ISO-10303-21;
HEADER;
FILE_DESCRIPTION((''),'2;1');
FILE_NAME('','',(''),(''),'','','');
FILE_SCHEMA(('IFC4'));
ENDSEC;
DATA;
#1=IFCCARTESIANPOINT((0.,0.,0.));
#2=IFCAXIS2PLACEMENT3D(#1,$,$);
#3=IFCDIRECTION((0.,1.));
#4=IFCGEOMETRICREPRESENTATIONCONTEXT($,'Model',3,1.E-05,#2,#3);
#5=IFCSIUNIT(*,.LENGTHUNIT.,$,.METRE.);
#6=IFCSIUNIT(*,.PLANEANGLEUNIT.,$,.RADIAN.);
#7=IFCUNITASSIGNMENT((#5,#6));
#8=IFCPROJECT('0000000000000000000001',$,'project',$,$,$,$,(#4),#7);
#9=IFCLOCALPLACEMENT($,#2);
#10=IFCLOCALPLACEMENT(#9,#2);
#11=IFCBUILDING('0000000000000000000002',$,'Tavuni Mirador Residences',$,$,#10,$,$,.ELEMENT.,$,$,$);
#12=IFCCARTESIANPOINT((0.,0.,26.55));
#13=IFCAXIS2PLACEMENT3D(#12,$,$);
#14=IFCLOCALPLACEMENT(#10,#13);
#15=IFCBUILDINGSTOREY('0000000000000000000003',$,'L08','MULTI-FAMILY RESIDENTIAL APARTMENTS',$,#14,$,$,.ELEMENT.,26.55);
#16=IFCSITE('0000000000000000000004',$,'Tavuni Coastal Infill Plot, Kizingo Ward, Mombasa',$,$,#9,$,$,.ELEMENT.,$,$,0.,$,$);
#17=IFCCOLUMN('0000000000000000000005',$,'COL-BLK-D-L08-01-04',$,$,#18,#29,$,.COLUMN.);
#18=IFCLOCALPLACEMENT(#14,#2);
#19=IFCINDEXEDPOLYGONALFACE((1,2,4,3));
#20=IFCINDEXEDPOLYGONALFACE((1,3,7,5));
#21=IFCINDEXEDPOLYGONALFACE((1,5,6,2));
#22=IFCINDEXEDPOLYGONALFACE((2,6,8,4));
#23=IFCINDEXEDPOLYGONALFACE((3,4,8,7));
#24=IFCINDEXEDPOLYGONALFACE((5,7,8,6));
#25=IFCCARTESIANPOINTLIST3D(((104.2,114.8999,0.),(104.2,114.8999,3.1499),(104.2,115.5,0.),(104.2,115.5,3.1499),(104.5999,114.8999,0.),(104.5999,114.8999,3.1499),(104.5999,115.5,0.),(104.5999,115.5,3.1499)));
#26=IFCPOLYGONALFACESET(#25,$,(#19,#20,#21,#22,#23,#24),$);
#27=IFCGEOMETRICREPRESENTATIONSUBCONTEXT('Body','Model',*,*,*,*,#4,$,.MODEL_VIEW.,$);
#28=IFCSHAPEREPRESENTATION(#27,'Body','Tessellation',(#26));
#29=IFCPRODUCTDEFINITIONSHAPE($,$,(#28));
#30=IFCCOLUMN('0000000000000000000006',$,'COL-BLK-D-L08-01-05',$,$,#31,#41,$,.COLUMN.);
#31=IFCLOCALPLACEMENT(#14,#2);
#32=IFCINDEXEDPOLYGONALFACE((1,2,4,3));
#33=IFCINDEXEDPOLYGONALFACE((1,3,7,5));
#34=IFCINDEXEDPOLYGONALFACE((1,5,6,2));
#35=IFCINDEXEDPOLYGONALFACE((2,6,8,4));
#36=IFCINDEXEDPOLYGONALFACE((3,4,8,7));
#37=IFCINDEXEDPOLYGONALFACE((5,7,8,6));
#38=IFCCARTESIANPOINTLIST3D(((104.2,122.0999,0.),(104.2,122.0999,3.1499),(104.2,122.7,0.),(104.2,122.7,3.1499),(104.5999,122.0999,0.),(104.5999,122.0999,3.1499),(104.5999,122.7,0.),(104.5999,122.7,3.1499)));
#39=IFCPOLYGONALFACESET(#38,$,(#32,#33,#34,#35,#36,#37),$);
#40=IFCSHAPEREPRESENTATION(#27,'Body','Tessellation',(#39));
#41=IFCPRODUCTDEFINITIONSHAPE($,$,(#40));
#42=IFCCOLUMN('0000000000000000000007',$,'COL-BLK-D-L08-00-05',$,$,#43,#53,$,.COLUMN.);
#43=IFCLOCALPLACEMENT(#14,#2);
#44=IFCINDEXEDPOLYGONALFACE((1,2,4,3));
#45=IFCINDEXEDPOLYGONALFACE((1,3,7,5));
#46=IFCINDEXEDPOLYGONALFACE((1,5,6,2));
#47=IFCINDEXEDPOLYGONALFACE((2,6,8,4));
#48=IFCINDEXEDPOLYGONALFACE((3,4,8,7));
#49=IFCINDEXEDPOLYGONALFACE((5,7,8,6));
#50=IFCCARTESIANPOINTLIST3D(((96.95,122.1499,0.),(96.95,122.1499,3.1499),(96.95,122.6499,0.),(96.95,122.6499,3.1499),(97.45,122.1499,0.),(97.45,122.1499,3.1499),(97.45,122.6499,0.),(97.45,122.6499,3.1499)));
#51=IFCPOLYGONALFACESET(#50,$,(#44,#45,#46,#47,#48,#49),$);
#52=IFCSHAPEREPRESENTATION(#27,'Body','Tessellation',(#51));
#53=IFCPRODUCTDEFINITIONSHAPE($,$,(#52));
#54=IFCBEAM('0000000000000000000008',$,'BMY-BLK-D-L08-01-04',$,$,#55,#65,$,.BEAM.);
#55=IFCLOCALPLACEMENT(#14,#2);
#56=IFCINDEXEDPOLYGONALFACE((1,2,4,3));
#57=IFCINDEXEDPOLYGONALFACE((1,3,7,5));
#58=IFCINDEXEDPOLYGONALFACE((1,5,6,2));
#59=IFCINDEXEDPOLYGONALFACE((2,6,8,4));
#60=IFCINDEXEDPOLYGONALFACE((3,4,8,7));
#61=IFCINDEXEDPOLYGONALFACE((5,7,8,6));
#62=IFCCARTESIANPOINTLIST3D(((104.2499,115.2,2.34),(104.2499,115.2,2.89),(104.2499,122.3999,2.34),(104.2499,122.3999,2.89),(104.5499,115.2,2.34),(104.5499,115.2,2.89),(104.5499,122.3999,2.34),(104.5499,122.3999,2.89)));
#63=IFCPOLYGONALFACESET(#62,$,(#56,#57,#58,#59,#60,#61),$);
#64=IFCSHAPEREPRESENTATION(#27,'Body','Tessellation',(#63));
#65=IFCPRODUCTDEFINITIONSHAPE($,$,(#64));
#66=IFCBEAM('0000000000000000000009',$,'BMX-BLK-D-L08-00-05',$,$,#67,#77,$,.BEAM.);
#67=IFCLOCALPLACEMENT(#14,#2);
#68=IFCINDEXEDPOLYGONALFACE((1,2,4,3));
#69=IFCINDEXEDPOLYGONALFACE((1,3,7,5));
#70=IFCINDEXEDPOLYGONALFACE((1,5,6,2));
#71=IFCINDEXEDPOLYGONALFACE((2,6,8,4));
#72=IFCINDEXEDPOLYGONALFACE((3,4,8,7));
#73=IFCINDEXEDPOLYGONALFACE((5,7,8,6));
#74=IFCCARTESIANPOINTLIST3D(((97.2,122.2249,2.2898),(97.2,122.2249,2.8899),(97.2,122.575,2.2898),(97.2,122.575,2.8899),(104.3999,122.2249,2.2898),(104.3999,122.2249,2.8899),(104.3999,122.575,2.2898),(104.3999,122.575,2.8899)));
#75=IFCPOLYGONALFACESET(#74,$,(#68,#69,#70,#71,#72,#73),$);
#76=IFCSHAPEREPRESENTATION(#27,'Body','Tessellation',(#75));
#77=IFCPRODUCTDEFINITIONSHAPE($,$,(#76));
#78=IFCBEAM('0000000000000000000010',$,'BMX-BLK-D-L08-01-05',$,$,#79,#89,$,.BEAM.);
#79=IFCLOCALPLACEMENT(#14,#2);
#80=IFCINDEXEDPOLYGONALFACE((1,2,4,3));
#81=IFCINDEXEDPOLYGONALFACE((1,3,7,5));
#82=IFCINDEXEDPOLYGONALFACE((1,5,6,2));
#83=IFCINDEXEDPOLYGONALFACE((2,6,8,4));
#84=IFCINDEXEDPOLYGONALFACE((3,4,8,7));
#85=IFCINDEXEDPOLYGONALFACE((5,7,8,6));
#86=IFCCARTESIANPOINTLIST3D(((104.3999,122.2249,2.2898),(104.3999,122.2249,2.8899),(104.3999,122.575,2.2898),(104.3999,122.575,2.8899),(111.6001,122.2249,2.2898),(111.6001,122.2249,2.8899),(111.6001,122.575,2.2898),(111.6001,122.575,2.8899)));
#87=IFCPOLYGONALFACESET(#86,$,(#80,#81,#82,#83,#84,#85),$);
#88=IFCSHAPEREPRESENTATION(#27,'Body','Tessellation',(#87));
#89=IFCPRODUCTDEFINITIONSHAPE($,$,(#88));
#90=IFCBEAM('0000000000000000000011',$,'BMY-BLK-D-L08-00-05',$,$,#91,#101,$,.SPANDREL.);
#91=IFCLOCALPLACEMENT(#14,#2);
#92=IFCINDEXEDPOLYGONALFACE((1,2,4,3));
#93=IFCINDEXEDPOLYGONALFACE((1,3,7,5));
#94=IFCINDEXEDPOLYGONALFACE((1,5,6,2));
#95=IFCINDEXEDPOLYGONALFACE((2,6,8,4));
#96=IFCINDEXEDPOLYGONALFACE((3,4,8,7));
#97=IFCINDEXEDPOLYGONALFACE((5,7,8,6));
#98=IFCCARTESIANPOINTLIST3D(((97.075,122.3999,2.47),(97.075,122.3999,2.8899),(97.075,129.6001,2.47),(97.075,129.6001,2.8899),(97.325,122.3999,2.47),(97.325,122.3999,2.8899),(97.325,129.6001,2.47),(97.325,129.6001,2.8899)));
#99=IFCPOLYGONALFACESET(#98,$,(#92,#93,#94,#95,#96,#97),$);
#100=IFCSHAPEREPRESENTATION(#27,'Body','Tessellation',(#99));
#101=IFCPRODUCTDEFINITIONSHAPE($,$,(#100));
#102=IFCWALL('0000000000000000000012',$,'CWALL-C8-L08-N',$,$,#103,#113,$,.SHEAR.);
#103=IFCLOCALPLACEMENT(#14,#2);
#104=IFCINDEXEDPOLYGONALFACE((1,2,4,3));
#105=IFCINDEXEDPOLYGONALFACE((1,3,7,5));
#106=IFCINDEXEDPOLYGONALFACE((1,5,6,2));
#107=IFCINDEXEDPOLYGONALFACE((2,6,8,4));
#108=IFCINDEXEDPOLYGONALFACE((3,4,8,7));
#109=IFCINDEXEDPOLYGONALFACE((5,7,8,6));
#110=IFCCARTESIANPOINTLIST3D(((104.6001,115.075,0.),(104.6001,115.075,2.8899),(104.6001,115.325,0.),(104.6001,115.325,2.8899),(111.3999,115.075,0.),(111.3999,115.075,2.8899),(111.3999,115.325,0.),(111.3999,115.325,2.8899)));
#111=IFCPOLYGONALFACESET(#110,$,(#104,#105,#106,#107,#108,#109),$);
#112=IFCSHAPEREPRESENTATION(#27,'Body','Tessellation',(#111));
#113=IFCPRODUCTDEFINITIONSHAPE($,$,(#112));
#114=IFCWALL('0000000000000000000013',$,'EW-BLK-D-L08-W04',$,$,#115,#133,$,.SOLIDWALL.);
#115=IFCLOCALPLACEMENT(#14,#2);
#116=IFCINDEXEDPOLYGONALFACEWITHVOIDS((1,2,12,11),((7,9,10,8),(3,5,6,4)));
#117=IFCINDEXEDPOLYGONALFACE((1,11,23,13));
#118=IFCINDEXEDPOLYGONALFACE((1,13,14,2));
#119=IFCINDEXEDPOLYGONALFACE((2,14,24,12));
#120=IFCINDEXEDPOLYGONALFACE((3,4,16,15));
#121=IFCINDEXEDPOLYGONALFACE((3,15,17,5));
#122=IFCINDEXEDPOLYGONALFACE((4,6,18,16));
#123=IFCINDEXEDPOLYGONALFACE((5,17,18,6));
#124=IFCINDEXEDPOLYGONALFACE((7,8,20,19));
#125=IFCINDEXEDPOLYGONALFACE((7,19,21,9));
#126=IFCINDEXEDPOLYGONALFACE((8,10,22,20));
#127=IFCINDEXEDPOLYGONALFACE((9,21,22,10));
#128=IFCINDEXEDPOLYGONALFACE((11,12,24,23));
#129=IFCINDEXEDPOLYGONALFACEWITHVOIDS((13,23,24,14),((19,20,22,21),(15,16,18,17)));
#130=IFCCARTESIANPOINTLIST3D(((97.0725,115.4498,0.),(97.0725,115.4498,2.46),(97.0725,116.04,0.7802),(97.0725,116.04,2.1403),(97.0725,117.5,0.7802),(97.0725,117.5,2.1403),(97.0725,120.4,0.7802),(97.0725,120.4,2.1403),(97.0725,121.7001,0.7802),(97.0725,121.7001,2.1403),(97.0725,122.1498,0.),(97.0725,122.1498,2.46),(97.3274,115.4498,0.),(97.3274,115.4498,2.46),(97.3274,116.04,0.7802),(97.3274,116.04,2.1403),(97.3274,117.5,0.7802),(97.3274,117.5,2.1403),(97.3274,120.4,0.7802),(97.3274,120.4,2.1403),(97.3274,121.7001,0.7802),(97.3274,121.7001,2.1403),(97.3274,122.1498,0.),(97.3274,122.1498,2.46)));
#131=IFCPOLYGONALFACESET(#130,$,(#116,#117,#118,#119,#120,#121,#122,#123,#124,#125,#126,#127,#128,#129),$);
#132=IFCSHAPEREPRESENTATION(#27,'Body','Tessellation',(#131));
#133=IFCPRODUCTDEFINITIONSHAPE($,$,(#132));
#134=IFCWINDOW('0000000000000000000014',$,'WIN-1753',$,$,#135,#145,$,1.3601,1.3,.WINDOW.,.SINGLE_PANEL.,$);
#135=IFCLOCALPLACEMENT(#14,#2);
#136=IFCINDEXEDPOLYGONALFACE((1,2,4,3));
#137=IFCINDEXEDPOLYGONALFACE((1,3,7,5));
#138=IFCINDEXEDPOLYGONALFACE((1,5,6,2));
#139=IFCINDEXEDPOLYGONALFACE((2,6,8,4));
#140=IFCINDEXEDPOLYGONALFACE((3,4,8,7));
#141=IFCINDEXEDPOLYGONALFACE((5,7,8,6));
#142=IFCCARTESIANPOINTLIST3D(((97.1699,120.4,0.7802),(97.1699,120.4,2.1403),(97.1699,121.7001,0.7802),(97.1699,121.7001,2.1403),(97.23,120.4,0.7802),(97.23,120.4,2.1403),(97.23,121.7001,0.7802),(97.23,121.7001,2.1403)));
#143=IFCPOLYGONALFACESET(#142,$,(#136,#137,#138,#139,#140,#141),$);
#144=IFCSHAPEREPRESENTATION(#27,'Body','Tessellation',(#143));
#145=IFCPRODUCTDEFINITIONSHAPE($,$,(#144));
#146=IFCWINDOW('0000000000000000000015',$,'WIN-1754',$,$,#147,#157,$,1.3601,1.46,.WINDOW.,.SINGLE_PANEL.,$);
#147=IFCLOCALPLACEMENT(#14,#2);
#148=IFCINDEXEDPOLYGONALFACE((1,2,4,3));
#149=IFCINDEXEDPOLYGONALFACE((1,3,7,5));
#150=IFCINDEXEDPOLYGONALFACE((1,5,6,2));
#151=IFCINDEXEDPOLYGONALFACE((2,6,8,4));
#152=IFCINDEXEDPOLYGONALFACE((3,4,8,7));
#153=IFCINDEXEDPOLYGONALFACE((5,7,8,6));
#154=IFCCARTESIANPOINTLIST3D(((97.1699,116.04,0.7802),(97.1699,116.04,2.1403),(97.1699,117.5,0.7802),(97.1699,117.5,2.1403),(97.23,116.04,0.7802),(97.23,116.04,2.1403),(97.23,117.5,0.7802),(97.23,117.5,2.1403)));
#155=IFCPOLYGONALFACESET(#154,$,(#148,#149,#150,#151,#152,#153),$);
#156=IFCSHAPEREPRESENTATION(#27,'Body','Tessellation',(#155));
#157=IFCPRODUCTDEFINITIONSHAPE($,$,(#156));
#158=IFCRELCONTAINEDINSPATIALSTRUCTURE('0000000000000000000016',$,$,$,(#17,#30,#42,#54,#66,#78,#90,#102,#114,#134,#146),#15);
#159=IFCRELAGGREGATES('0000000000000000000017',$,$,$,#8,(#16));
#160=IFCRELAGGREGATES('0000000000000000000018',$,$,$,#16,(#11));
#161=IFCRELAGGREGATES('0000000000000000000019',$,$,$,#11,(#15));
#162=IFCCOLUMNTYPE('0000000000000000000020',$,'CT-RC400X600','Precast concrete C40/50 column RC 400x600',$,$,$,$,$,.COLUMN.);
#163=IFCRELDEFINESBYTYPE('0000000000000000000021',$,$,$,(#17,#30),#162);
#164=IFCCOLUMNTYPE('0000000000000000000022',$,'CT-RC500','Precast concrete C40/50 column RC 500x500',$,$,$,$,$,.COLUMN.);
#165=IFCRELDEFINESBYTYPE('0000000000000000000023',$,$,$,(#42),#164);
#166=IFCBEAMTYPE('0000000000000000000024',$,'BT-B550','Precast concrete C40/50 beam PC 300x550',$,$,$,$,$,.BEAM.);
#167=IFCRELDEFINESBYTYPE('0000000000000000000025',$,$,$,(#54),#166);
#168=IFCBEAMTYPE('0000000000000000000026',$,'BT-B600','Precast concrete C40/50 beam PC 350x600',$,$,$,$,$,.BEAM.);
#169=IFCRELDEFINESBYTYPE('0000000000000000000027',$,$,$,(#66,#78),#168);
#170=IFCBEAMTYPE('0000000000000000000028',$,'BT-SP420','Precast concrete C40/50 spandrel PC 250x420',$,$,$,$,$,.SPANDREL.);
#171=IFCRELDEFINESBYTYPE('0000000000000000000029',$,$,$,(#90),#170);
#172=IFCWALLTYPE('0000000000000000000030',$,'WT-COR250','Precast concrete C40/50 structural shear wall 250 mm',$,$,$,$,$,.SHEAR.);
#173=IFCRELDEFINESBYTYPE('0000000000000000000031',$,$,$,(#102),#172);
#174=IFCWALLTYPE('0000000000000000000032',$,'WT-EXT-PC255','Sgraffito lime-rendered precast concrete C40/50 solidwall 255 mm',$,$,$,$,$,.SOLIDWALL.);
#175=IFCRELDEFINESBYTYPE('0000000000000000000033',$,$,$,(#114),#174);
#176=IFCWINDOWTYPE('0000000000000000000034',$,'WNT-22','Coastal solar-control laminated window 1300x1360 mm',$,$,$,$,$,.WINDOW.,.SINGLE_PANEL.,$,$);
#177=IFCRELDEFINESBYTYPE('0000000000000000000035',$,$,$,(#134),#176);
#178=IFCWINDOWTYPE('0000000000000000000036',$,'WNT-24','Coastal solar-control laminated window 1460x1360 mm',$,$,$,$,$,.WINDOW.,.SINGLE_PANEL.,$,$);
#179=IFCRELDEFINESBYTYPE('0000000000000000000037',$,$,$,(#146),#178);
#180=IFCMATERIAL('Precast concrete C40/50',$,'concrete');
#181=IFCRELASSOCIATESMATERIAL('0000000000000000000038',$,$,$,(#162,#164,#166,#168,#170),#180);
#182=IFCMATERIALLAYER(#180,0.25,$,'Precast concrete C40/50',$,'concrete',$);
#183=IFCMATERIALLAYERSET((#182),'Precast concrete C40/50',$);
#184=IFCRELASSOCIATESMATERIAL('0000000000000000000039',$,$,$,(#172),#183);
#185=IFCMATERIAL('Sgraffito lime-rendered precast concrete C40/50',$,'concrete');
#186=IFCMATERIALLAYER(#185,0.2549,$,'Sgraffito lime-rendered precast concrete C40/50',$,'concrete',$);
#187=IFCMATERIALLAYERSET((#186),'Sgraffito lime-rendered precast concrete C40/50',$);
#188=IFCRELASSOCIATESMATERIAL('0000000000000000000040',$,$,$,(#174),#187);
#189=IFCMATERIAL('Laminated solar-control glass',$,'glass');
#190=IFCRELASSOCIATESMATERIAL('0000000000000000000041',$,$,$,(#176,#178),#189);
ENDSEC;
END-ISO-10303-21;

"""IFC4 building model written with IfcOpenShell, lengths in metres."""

from ifc_helpers import new_model, si_unit, direction, frame, frame_2d, origin, origin_2d, place, context, subcontext, project, spatial, rectangle, extrude, material, layer, layer_set, material_profile, profile_set, type_object, element, fill, save


model = new_model("IFC4")

# Units and contexts
model_context = context("Model", 3, precision=1e-05, world=origin(), true_north=direction((0.0, 1.0)))
body_context = subcontext(model_context, "Body", "Model", "MODEL_VIEW")
ifc_project = project(units=[si_unit("LENGTHUNIT", "METRE"), si_unit("PLANEANGLEUNIT", "RADIAN")], contexts=[model_context])

# Site, building, storey
site_placement = place(None, origin())
site = spatial("IfcSite", under=ifc_project, at=site_placement, Name="Tavuni Coastal Infill Plot, Kizingo Ward, Mombasa", CompositionType="ELEMENT", RefElevation=0.0)
building_placement = place(site_placement, origin())
building = spatial("IfcBuilding", under=site, at=building_placement, Name="Tavuni Mirador Residences", CompositionType="ELEMENT")
storey_placement = place(building_placement, frame((0.0, 0.0, 26.55)))
storey = spatial("IfcBuildingStorey", under=building, at=storey_placement, Name="L08", Description="MULTI-FAMILY RESIDENTIAL APARTMENTS", CompositionType="ELEMENT", Elevation=26.55)

# Columns
ifc_material_1 = material(Name="Precast concrete C40/50", Category="concrete")
ifc_material_profile_1 = material_profile(ifc_material_1, rectangle(XDim=0.3999, YDim=0.6001, at=origin_2d()), Name="RC 400x600", Category="concrete")
ifc_profile_set_1 = profile_set([ifc_material_profile_1], Name="Precast concrete C40/50")
column_type_1 = type_object("IfcColumnType", Name="CT-RC400X600", Description="Precast concrete C40/50 column RC 400x600", PredefinedType="COLUMN", material=ifc_profile_set_1)
for number, where, z_axis, x_axis, name in (
    (1, (104.3999, 115.2, 0.0), (0.0, 0.0, 1.0), (1.0, 0.0, 0.0), "COL-BLK-D-L08-01-04"),
    (2, (104.3999, 122.3999, 0.0), (0.0, 0.0, 1.0), (1.0, 0.0, 0.0), "COL-BLK-D-L08-01-05"),
):
    element("IfcColumn", number, at=place(storey_placement, frame(where, z_axis=z_axis, x_axis=x_axis)), inside=storey, type_object=column_type_1, Name=name, PredefinedType="COLUMN", context=body_context, shape_type="SweptSolid", body=[
        extrude(rectangle(XDim=0.3999, YDim=0.6001, at=origin_2d()), origin(), (0.0, 0.0, 1.0), 3.1499),
    ])
ifc_material_profile_2 = material_profile(ifc_material_1, rectangle(XDim=0.5, YDim=0.5, at=origin_2d()), Name="RC 500x500", Category="concrete")
ifc_profile_set_2 = profile_set([ifc_material_profile_2], Name="Precast concrete C40/50")
column_type_2 = type_object("IfcColumnType", Name="CT-RC500", Description="Precast concrete C40/50 column RC 500x500", PredefinedType="COLUMN", material=ifc_profile_set_2)
column_placement = place(storey_placement, frame((97.2, 122.3999, 0.0), z_axis=(0.0, 0.0, 1.0), x_axis=(1.0, 0.0, 0.0)))
element("IfcColumn", 3, at=column_placement, inside=storey, type_object=column_type_2, Name="COL-BLK-D-L08-00-05", PredefinedType="COLUMN", context=body_context, shape_type="SweptSolid", body=[
    extrude(rectangle(XDim=0.5, YDim=0.5, at=origin_2d()), origin(), (0.0, 0.0, 1.0), 3.1499),
])

# Beams
ifc_material_profile_3 = material_profile(ifc_material_1, rectangle(XDim=0.3, YDim=0.55, at=origin_2d()), Name="PC 300x550", Category="concrete")
ifc_profile_set_3 = profile_set([ifc_material_profile_3], Name="Precast concrete C40/50")
beam_type_1 = type_object("IfcBeamType", Name="BT-B550", Description="Precast concrete C40/50 beam PC 300x550", PredefinedType="BEAM", material=ifc_profile_set_3)
beam_1_placement = place(storey_placement, frame((104.3999, 115.2, 2.615), z_axis=(0.0, 1.0, 0.0), x_axis=(-1.0, 0.0, 0.0)))
element("IfcBeam", 4, at=beam_1_placement, inside=storey, type_object=beam_type_1, Name="BMY-BLK-D-L08-01-04", PredefinedType="BEAM", context=body_context, shape_type="SweptSolid", body=[
    extrude(rectangle(XDim=0.3, YDim=0.55, at=origin_2d()), origin(), (0.0, 0.0, 1.0), 7.2),
])
ifc_material_profile_4 = material_profile(ifc_material_1, rectangle(XDim=0.3501, YDim=0.6001, at=origin_2d()), Name="PC 350x600", Category="concrete")
ifc_profile_set_4 = profile_set([ifc_material_profile_4], Name="Precast concrete C40/50")
beam_type_2 = type_object("IfcBeamType", Name="BT-B600", Description="Precast concrete C40/50 beam PC 350x600", PredefinedType="BEAM", material=ifc_profile_set_4)
beam_2_placement = place(storey_placement, frame((97.2, 122.3999, 2.5898), z_axis=(1.0, 0.0, 0.0), x_axis=(0.0, 1.0, 0.0)))
element("IfcBeam", 5, at=beam_2_placement, inside=storey, type_object=beam_type_2, Name="BMX-BLK-D-L08-00-05", PredefinedType="BEAM", context=body_context, shape_type="SweptSolid", body=[
    extrude(rectangle(XDim=0.3501, YDim=0.6001, at=origin_2d()), origin(), (0.0, 0.0, 1.0), 7.2),
])
beam_3_placement = place(storey_placement, frame((104.3999, 122.3999, 2.5898), z_axis=(1.0, 0.0, 0.0), x_axis=(0.0, 1.0, 0.0)))
element("IfcBeam", 6, at=beam_3_placement, inside=storey, type_object=beam_type_2, Name="BMX-BLK-D-L08-01-05", PredefinedType="BEAM", context=body_context, shape_type="SweptSolid", body=[
    extrude(rectangle(XDim=0.3501, YDim=0.6001, at=origin_2d()), origin(), (0.0, 0.0, 1.0), 7.2002),
])
ifc_material_profile_5 = material_profile(ifc_material_1, rectangle(XDim=0.25, YDim=0.4199, at=origin_2d()), Name="PC 250x420", Category="concrete")
ifc_profile_set_5 = profile_set([ifc_material_profile_5], Name="Precast concrete C40/50")
beam_type_3 = type_object("IfcBeamType", Name="BT-SP420", Description="Precast concrete C40/50 spandrel PC 250x420", PredefinedType="SPANDREL", material=ifc_profile_set_5)
beam_4_placement = place(storey_placement, frame((97.2, 122.3999, 2.6799), z_axis=(0.0, 1.0, 0.0), x_axis=(-1.0, 0.0, 0.0)))
element("IfcBeam", 7, at=beam_4_placement, inside=storey, type_object=beam_type_3, Name="BMY-BLK-D-L08-00-05", PredefinedType="SPANDREL", context=body_context, shape_type="SweptSolid", body=[
    extrude(rectangle(XDim=0.25, YDim=0.4199, at=origin_2d()), origin(), (0.0, 0.0, 1.0), 7.2002),
])

# Wall
ifc_layer_1 = layer(ifc_material_1, 0.25, Name="Precast concrete C40/50", Category="concrete")
ifc_layer_set_1 = layer_set([ifc_layer_1], Name="Precast concrete C40/50")
wall_type_1 = type_object("IfcWallType", Name="WT-COR250", Description="Precast concrete C40/50 structural shear wall 250 mm", PredefinedType="SHEAR", material=ifc_layer_set_1)
wall_1_placement = place(storey_placement, frame((104.6001, 115.2, 0.0), z_axis=(0.0, 0.0, 1.0), x_axis=(1.0, 0.0, 0.0)))
element("IfcWall", 8, at=wall_1_placement, inside=storey, type_object=wall_type_1, Name="CWALL-C8-L08-N", PredefinedType="SHEAR", context=body_context, shape_type="SweptSolid", body=[
    extrude(rectangle(XDim=6.7998, YDim=0.25, at=frame_2d((3.3999, 0.0))), origin(), (0.0, 0.0, 1.0), 2.8899),
])

# Wall, openings, windows
ifc_material_2 = material(Name="Sgraffito lime-rendered precast concrete C40/50", Category="concrete")
ifc_layer_2 = layer(ifc_material_2, 0.2549, Name="Sgraffito lime-rendered precast concrete C40/50", Category="concrete")
ifc_layer_set_2 = layer_set([ifc_layer_2], Name="Sgraffito lime-rendered precast concrete C40/50")
wall_type_2 = type_object("IfcWallType", Name="WT-EXT-PC255", Description="Sgraffito lime-rendered precast concrete C40/50 solidwall 255 mm", PredefinedType="SOLIDWALL", material=ifc_layer_set_2)
wall_2_placement = place(storey_placement, frame((97.2, 122.1499, 0.0), z_axis=(0.0, 0.0, 1.0), x_axis=(0.0, -1.0, 0.0)))
wall_2 = element("IfcWall", 9, at=wall_2_placement, inside=storey, type_object=wall_type_2, Name="EW-BLK-D-L08-W04", PredefinedType="SOLIDWALL", context=body_context, shape_type="SweptSolid", body=[
    extrude(rectangle(XDim=6.7, YDim=0.2549, at=frame_2d((3.3501, 0.0))), origin(), (0.0, 0.0, 1.0), 2.46),
])
opening_1_placement = place(wall_2_placement, frame((0.45, 0.0, 0.78)))
opening_1 = element("IfcOpeningElement", 10, at=opening_1_placement, cuts=wall_2, PredefinedType="OPENING", context=body_context, shape_type="SweptSolid", body=[
    extrude(rectangle(XDim=1.3, YDim=1.3601, at=frame_2d((0.6499, 0.6802))), frame((0.0, 0.1375, 0.0), z_axis=(0.0, -1.0, 0.0), x_axis=(1.0, 0.0, 0.0)), (0.0, 0.0, 1.0), 0.2749),
])
opening_2_placement = place(wall_2_placement, frame((4.6499, 0.0, 0.78)))
opening_2 = element("IfcOpeningElement", 11, at=opening_2_placement, cuts=wall_2, PredefinedType="OPENING", context=body_context, shape_type="SweptSolid", body=[
    extrude(rectangle(XDim=1.46, YDim=1.3601, at=frame_2d((0.73, 0.6802))), frame((0.0, 0.1375, 0.0), z_axis=(0.0, -1.0, 0.0), x_axis=(1.0, 0.0, 0.0)), (0.0, 0.0, 1.0), 0.2749),
])
ifc_material_3 = material(Name="Laminated solar-control glass", Category="glass")
window_type_1 = type_object("IfcWindowType", Name="WNT-22", Description="Coastal solar-control laminated window 1300x1360 mm", PartitioningType="SINGLE_PANEL", PredefinedType="WINDOW", material=ifc_material_3)
window_1_placement = place(opening_1_placement, origin())
window_1 = element("IfcWindow", 12, at=window_1_placement, inside=storey, type_object=window_type_1, Name="WIN-1753", OverallHeight=1.3601, OverallWidth=1.3, PartitioningType="SINGLE_PANEL", PredefinedType="WINDOW", context=body_context, shape_type="SweptSolid", body=[
    extrude(rectangle(XDim=1.3, YDim=1.3601, at=frame_2d((0.6499, 0.6802))), frame((0.0, 0.03, 0.0), z_axis=(0.0, -1.0, 0.0), x_axis=(1.0, 0.0, 0.0)), (0.0, 0.0, 1.0), 0.0601),
])
fill(opening_1, window_1)
window_type_2 = type_object("IfcWindowType", Name="WNT-24", Description="Coastal solar-control laminated window 1460x1360 mm", PartitioningType="SINGLE_PANEL", PredefinedType="WINDOW", material=ifc_material_3)
window_2_placement = place(opening_2_placement, origin())
window_2 = element("IfcWindow", 13, at=window_2_placement, inside=storey, type_object=window_type_2, Name="WIN-1754", OverallHeight=1.3601, OverallWidth=1.46, PartitioningType="SINGLE_PANEL", PredefinedType="WINDOW", context=body_context, shape_type="SweptSolid", body=[
    extrude(rectangle(XDim=1.46, YDim=1.3601, at=frame_2d((0.73, 0.6802))), frame((0.0, 0.03, 0.0), z_axis=(0.0, -1.0, 0.0), x_axis=(1.0, 0.0, 0.0)), (0.0, 0.0, 1.0), 0.0601),
])
fill(opening_2, window_2)

save(model, "model.ifc")
